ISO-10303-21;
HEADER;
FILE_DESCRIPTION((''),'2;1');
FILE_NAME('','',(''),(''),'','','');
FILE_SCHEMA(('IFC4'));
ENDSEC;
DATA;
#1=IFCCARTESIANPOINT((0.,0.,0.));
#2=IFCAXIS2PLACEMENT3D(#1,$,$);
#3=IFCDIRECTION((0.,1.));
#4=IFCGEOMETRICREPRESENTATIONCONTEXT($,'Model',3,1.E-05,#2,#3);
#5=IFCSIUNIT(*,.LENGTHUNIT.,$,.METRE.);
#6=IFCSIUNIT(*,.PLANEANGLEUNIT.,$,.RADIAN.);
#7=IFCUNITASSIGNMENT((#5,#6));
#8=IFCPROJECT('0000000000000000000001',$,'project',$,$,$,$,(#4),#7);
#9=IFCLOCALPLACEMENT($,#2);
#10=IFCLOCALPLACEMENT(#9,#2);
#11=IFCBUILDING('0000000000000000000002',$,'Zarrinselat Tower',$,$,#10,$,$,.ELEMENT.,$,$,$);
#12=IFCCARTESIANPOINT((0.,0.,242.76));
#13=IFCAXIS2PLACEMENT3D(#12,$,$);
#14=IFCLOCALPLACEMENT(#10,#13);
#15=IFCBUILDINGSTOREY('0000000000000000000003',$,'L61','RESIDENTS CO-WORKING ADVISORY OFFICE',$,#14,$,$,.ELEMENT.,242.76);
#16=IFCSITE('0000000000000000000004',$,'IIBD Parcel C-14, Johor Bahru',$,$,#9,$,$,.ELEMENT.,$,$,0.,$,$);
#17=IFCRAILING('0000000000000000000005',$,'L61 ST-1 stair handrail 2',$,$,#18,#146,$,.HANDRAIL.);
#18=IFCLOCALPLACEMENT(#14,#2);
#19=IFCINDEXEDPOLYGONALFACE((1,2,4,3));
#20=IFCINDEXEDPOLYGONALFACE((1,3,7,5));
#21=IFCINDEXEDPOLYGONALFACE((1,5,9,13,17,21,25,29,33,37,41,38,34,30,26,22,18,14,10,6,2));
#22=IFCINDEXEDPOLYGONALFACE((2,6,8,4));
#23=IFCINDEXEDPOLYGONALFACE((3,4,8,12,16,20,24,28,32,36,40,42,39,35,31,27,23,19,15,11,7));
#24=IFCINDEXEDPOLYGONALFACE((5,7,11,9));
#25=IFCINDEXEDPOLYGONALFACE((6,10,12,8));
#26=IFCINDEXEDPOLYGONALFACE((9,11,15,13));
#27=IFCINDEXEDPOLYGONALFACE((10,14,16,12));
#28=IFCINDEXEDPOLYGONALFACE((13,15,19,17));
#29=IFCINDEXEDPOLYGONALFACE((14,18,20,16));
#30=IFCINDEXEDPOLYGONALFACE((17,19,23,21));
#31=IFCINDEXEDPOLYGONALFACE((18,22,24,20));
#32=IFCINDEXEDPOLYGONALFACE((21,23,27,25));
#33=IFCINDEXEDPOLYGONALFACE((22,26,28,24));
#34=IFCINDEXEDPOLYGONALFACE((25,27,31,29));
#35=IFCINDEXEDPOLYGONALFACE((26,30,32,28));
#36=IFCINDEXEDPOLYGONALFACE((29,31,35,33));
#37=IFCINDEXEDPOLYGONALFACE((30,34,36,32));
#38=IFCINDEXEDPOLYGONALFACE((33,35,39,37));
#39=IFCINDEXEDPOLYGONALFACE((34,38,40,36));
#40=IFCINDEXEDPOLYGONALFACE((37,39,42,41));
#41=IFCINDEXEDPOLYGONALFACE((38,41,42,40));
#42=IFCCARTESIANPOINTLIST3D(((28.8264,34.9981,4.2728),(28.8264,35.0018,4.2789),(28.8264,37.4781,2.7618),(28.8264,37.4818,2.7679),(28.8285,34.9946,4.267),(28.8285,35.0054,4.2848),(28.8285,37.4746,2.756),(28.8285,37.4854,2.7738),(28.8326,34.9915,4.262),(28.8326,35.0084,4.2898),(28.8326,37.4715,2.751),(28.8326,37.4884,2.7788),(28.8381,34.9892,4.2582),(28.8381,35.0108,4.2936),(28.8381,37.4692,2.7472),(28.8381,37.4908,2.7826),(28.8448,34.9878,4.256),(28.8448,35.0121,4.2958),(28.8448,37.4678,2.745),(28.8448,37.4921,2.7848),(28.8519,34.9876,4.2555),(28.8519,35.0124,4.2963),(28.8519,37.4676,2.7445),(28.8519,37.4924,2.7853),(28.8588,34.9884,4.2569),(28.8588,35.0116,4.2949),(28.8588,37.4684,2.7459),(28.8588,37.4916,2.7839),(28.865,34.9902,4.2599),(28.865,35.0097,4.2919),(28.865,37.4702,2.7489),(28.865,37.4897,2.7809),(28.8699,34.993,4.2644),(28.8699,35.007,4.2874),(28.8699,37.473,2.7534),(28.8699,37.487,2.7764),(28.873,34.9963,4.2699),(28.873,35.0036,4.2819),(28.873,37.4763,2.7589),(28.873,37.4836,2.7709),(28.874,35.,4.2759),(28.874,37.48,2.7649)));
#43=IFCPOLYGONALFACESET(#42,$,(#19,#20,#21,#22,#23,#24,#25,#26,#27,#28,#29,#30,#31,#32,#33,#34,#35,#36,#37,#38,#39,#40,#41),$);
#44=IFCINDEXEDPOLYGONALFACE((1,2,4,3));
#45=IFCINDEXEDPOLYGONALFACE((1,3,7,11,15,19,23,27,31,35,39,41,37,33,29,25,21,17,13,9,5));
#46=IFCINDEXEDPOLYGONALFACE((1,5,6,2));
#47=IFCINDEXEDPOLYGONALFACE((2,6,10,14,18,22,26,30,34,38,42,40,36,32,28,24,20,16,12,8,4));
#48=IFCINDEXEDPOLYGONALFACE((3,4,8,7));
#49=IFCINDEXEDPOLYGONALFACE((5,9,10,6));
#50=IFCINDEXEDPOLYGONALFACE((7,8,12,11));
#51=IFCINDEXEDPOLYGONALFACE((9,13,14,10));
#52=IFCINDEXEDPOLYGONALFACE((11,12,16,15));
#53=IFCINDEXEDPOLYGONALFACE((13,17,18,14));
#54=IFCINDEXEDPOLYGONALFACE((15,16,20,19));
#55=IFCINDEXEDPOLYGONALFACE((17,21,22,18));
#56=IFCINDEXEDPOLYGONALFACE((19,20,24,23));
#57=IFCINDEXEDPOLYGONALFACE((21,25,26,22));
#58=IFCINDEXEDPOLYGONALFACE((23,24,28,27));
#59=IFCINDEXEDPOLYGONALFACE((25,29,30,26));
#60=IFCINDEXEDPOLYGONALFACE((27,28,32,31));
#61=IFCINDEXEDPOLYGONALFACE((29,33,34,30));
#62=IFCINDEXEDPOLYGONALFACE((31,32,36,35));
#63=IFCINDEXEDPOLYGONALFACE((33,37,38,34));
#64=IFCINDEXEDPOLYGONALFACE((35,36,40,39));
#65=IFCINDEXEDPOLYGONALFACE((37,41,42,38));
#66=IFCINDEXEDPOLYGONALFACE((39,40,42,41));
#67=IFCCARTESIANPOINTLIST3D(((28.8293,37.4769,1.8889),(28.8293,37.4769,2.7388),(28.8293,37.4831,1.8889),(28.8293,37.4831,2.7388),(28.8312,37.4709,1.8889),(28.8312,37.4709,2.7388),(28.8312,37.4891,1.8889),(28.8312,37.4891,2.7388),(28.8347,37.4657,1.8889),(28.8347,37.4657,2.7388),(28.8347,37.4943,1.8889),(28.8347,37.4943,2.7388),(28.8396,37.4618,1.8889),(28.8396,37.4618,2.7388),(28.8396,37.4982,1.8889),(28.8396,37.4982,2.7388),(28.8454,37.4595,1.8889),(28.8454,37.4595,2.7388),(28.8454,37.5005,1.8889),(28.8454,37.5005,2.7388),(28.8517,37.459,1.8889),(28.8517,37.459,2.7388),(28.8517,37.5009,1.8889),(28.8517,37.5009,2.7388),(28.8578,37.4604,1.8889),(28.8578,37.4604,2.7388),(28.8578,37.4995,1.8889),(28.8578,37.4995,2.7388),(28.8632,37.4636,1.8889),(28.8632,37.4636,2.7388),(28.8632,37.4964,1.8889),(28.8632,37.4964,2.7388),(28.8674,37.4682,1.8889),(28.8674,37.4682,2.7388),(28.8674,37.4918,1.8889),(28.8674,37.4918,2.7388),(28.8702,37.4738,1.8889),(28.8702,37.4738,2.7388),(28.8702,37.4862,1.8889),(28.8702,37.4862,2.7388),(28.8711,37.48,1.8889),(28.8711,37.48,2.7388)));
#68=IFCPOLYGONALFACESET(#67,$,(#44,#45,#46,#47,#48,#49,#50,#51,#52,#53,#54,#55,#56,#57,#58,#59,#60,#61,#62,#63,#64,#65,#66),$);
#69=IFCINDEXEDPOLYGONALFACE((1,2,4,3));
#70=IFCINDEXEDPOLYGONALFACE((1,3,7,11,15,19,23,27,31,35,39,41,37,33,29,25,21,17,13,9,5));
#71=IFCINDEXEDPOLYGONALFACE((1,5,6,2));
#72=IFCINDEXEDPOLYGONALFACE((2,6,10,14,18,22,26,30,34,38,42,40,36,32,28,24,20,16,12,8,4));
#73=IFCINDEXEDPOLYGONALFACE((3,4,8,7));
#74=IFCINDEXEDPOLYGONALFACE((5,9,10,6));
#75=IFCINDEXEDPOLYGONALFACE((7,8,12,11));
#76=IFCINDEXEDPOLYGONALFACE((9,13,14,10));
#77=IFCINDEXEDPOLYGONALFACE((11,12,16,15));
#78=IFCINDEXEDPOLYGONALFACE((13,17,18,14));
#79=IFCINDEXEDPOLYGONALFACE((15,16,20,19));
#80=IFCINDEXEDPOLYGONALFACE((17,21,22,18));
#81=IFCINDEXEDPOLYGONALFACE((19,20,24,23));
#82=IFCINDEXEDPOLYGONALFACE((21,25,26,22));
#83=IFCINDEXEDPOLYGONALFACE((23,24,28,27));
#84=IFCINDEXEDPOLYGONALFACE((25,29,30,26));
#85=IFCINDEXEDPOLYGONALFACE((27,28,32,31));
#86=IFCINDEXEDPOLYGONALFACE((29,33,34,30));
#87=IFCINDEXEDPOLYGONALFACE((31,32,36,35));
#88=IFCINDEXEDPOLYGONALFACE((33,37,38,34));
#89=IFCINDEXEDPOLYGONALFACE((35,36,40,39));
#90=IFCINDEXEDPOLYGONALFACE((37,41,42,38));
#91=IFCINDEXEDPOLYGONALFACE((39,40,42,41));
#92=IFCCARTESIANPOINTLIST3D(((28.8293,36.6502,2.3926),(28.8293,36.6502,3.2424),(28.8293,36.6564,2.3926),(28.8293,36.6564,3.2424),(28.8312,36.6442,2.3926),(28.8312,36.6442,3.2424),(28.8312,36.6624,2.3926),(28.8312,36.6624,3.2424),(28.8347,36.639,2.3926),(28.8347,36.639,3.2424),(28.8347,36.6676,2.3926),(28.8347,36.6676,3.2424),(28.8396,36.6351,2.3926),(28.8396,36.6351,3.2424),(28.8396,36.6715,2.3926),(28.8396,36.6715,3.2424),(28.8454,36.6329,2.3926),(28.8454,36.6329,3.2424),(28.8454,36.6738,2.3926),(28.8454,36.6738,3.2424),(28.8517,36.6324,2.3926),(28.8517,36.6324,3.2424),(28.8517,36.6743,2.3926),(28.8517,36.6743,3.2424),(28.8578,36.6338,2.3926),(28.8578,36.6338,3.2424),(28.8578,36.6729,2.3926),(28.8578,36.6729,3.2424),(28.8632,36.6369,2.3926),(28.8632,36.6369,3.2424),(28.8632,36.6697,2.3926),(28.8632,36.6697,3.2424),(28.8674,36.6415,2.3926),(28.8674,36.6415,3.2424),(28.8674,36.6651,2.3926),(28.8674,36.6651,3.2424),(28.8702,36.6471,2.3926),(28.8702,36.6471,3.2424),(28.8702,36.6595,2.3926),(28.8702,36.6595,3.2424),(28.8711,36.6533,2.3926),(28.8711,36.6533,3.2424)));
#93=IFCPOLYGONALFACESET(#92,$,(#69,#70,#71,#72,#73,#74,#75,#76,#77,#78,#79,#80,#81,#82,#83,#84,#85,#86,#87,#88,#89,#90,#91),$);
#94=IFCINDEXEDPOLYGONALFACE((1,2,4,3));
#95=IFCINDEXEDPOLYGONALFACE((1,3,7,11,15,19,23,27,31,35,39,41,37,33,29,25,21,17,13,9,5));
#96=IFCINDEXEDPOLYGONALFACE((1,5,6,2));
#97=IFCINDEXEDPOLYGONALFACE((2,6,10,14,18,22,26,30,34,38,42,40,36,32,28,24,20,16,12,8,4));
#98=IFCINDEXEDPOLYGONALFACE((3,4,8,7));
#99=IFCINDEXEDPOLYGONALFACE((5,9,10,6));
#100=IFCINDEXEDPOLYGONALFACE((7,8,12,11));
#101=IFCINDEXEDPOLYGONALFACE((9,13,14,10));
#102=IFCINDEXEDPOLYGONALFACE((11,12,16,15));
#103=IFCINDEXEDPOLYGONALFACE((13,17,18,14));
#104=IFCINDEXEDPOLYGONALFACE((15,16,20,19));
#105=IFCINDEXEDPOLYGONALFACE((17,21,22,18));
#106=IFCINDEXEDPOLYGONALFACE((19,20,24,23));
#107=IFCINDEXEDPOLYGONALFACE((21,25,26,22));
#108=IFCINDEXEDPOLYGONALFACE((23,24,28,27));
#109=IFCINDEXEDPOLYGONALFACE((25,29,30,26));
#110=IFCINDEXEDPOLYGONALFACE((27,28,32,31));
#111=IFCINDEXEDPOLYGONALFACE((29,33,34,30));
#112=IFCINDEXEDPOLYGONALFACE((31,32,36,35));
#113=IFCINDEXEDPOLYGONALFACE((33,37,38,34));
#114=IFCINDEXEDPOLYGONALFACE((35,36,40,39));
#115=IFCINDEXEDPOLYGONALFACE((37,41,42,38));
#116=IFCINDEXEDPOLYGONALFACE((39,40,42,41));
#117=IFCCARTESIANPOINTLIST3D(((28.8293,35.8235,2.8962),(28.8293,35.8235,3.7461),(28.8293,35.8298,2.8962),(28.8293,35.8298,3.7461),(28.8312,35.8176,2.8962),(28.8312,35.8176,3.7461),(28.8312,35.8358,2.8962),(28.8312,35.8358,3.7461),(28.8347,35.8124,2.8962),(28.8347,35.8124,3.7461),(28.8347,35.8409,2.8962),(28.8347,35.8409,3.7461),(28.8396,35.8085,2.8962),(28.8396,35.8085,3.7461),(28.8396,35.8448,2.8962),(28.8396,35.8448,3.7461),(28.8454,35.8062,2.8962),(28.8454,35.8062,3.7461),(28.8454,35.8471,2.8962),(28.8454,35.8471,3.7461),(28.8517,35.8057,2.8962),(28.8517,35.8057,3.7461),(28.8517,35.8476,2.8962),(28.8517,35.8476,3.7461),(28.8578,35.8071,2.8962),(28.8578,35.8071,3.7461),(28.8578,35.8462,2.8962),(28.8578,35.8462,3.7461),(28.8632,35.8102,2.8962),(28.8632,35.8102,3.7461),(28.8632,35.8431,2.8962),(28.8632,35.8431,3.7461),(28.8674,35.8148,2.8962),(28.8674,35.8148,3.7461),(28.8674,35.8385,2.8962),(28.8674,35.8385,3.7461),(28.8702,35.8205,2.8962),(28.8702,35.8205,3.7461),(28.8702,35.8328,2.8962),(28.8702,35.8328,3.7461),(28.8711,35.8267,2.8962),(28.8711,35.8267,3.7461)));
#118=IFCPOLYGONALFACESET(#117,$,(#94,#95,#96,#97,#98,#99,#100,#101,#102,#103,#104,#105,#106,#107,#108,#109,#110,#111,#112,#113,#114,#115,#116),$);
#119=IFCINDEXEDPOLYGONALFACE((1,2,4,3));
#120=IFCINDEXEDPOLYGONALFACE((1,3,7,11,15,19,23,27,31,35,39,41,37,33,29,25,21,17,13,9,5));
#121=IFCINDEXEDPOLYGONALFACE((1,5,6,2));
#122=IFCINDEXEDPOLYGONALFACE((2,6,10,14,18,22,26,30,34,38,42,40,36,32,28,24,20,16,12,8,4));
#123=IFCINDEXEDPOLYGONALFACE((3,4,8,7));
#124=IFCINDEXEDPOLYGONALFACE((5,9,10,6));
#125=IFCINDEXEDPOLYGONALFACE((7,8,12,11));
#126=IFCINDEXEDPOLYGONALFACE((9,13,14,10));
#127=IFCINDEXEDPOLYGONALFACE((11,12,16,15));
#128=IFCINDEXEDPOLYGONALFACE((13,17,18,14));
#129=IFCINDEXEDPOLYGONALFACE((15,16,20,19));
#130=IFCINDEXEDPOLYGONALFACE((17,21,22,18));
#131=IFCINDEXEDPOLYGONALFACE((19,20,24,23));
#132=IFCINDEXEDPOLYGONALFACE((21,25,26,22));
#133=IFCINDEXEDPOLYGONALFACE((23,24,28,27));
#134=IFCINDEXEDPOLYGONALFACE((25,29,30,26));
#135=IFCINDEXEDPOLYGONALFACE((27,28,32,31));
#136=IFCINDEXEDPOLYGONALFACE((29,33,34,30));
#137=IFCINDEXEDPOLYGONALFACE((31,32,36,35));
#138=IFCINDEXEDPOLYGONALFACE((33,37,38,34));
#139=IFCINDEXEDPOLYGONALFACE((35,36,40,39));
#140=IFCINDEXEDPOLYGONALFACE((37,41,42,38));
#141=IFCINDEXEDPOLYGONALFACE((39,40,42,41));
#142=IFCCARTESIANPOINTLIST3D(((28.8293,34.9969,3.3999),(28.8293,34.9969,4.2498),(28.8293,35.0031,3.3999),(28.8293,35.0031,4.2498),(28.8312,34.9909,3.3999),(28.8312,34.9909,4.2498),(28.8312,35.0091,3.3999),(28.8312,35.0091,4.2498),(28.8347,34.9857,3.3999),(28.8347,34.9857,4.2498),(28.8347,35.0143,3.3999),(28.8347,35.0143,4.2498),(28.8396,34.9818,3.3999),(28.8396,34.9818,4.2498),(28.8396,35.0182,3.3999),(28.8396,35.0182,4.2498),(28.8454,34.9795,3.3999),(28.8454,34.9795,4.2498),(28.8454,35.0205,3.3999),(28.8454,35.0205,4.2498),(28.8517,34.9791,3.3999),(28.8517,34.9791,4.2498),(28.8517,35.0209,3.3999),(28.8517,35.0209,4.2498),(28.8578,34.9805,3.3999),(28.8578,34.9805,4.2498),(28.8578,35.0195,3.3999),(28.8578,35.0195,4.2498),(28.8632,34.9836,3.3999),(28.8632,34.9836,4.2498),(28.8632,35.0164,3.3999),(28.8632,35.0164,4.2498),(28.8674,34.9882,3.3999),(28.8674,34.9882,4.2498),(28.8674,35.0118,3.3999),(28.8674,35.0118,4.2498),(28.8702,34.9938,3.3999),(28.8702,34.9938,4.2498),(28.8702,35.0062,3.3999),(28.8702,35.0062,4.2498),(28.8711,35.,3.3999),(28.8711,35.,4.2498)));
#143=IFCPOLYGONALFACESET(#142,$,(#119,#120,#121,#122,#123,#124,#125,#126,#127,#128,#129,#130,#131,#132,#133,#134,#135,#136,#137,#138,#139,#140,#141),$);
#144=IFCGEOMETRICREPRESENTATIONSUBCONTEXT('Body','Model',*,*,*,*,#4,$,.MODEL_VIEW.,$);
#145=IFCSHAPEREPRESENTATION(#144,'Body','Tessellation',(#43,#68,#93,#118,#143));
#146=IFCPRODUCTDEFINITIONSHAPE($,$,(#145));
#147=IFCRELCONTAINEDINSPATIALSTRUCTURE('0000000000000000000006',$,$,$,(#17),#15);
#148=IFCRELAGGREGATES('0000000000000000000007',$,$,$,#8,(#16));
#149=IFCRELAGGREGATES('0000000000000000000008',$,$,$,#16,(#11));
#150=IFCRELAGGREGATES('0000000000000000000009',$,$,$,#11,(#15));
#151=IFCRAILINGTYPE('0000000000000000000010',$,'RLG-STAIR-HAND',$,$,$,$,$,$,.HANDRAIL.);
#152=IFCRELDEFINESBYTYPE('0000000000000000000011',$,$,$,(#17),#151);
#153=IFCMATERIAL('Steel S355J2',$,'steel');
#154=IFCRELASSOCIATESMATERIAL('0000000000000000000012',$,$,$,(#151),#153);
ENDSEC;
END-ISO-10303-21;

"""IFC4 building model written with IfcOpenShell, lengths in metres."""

from ifc_helpers import new_model, si_unit, direction, frame, origin, origin_2d, place, context, subcontext, project, spatial, circle, extrude, material, type_object, element, save


model = new_model("IFC4")

# Units and contexts
model_context = context("Model", 3, precision=1e-05, world=origin(), true_north=direction((0.0, 1.0)))
body_context = subcontext(model_context, "Body", "Model", "MODEL_VIEW")
ifc_project = project(units=[si_unit("LENGTHUNIT", "METRE"), si_unit("PLANEANGLEUNIT", "RADIAN")], contexts=[model_context])

# Site, building, storey
site_placement = place(None, origin())
site = spatial("IfcSite", under=ifc_project, at=site_placement, Name="IIBD Parcel C-14, Johor Bahru", CompositionType="ELEMENT", RefElevation=0.0)
building_placement = place(site_placement, origin())
building = spatial("IfcBuilding", under=site, at=building_placement, Name="Zarrinselat Tower", CompositionType="ELEMENT")
storey_placement = place(building_placement, frame((0.0, 0.0, 242.76)))
storey = spatial("IfcBuildingStorey", under=building, at=storey_placement, Name="L61", Description="RESIDENTS CO-WORKING ADVISORY OFFICE", CompositionType="ELEMENT", Elevation=242.76)

# Railing
ifc_material_1 = material(Name="Steel S355J2", Category="steel")
railing_type_1 = type_object("IfcRailingType", Name="RLG-STAIR-HAND", PredefinedType="HANDRAIL", material=ifc_material_1)
railing_1_placement = place(storey_placement, frame((28.8501, 37.48, 1.8889)))
element("IfcRailing", 1, at=railing_1_placement, inside=storey, type_object=railing_type_1, Name="L61 ST-1 stair handrail 2", PredefinedType="HANDRAIL", context=body_context, shape_type="SweptSolid", body=[
    extrude(circle(Radius=0.0239, at=origin_2d()), frame((0.0, 0.0, 0.876), z_axis=(0.0, -0.853979, 0.520307), x_axis=(1.0, 0.0, 0.0)), (0.0, 0.0, 1.0), 2.9041),
    extrude(circle(Radius=0.021, at=origin_2d()), origin(), (0.0, 0.0, 1.0), 0.8499),
    extrude(circle(Radius=0.021, at=origin_2d()), frame((0.0, -0.8267, 0.5037)), (0.0, 0.0, 1.0), 0.8499),
    extrude(circle(Radius=0.021, at=origin_2d()), frame((0.0, -1.6533, 1.0073)), (0.0, 0.0, 1.0), 0.8499),
    extrude(circle(Radius=0.021, at=origin_2d()), frame((0.0, -2.48, 1.511)), (0.0, 0.0, 1.0), 0.8499),
])

save(model, "model.ifc")
